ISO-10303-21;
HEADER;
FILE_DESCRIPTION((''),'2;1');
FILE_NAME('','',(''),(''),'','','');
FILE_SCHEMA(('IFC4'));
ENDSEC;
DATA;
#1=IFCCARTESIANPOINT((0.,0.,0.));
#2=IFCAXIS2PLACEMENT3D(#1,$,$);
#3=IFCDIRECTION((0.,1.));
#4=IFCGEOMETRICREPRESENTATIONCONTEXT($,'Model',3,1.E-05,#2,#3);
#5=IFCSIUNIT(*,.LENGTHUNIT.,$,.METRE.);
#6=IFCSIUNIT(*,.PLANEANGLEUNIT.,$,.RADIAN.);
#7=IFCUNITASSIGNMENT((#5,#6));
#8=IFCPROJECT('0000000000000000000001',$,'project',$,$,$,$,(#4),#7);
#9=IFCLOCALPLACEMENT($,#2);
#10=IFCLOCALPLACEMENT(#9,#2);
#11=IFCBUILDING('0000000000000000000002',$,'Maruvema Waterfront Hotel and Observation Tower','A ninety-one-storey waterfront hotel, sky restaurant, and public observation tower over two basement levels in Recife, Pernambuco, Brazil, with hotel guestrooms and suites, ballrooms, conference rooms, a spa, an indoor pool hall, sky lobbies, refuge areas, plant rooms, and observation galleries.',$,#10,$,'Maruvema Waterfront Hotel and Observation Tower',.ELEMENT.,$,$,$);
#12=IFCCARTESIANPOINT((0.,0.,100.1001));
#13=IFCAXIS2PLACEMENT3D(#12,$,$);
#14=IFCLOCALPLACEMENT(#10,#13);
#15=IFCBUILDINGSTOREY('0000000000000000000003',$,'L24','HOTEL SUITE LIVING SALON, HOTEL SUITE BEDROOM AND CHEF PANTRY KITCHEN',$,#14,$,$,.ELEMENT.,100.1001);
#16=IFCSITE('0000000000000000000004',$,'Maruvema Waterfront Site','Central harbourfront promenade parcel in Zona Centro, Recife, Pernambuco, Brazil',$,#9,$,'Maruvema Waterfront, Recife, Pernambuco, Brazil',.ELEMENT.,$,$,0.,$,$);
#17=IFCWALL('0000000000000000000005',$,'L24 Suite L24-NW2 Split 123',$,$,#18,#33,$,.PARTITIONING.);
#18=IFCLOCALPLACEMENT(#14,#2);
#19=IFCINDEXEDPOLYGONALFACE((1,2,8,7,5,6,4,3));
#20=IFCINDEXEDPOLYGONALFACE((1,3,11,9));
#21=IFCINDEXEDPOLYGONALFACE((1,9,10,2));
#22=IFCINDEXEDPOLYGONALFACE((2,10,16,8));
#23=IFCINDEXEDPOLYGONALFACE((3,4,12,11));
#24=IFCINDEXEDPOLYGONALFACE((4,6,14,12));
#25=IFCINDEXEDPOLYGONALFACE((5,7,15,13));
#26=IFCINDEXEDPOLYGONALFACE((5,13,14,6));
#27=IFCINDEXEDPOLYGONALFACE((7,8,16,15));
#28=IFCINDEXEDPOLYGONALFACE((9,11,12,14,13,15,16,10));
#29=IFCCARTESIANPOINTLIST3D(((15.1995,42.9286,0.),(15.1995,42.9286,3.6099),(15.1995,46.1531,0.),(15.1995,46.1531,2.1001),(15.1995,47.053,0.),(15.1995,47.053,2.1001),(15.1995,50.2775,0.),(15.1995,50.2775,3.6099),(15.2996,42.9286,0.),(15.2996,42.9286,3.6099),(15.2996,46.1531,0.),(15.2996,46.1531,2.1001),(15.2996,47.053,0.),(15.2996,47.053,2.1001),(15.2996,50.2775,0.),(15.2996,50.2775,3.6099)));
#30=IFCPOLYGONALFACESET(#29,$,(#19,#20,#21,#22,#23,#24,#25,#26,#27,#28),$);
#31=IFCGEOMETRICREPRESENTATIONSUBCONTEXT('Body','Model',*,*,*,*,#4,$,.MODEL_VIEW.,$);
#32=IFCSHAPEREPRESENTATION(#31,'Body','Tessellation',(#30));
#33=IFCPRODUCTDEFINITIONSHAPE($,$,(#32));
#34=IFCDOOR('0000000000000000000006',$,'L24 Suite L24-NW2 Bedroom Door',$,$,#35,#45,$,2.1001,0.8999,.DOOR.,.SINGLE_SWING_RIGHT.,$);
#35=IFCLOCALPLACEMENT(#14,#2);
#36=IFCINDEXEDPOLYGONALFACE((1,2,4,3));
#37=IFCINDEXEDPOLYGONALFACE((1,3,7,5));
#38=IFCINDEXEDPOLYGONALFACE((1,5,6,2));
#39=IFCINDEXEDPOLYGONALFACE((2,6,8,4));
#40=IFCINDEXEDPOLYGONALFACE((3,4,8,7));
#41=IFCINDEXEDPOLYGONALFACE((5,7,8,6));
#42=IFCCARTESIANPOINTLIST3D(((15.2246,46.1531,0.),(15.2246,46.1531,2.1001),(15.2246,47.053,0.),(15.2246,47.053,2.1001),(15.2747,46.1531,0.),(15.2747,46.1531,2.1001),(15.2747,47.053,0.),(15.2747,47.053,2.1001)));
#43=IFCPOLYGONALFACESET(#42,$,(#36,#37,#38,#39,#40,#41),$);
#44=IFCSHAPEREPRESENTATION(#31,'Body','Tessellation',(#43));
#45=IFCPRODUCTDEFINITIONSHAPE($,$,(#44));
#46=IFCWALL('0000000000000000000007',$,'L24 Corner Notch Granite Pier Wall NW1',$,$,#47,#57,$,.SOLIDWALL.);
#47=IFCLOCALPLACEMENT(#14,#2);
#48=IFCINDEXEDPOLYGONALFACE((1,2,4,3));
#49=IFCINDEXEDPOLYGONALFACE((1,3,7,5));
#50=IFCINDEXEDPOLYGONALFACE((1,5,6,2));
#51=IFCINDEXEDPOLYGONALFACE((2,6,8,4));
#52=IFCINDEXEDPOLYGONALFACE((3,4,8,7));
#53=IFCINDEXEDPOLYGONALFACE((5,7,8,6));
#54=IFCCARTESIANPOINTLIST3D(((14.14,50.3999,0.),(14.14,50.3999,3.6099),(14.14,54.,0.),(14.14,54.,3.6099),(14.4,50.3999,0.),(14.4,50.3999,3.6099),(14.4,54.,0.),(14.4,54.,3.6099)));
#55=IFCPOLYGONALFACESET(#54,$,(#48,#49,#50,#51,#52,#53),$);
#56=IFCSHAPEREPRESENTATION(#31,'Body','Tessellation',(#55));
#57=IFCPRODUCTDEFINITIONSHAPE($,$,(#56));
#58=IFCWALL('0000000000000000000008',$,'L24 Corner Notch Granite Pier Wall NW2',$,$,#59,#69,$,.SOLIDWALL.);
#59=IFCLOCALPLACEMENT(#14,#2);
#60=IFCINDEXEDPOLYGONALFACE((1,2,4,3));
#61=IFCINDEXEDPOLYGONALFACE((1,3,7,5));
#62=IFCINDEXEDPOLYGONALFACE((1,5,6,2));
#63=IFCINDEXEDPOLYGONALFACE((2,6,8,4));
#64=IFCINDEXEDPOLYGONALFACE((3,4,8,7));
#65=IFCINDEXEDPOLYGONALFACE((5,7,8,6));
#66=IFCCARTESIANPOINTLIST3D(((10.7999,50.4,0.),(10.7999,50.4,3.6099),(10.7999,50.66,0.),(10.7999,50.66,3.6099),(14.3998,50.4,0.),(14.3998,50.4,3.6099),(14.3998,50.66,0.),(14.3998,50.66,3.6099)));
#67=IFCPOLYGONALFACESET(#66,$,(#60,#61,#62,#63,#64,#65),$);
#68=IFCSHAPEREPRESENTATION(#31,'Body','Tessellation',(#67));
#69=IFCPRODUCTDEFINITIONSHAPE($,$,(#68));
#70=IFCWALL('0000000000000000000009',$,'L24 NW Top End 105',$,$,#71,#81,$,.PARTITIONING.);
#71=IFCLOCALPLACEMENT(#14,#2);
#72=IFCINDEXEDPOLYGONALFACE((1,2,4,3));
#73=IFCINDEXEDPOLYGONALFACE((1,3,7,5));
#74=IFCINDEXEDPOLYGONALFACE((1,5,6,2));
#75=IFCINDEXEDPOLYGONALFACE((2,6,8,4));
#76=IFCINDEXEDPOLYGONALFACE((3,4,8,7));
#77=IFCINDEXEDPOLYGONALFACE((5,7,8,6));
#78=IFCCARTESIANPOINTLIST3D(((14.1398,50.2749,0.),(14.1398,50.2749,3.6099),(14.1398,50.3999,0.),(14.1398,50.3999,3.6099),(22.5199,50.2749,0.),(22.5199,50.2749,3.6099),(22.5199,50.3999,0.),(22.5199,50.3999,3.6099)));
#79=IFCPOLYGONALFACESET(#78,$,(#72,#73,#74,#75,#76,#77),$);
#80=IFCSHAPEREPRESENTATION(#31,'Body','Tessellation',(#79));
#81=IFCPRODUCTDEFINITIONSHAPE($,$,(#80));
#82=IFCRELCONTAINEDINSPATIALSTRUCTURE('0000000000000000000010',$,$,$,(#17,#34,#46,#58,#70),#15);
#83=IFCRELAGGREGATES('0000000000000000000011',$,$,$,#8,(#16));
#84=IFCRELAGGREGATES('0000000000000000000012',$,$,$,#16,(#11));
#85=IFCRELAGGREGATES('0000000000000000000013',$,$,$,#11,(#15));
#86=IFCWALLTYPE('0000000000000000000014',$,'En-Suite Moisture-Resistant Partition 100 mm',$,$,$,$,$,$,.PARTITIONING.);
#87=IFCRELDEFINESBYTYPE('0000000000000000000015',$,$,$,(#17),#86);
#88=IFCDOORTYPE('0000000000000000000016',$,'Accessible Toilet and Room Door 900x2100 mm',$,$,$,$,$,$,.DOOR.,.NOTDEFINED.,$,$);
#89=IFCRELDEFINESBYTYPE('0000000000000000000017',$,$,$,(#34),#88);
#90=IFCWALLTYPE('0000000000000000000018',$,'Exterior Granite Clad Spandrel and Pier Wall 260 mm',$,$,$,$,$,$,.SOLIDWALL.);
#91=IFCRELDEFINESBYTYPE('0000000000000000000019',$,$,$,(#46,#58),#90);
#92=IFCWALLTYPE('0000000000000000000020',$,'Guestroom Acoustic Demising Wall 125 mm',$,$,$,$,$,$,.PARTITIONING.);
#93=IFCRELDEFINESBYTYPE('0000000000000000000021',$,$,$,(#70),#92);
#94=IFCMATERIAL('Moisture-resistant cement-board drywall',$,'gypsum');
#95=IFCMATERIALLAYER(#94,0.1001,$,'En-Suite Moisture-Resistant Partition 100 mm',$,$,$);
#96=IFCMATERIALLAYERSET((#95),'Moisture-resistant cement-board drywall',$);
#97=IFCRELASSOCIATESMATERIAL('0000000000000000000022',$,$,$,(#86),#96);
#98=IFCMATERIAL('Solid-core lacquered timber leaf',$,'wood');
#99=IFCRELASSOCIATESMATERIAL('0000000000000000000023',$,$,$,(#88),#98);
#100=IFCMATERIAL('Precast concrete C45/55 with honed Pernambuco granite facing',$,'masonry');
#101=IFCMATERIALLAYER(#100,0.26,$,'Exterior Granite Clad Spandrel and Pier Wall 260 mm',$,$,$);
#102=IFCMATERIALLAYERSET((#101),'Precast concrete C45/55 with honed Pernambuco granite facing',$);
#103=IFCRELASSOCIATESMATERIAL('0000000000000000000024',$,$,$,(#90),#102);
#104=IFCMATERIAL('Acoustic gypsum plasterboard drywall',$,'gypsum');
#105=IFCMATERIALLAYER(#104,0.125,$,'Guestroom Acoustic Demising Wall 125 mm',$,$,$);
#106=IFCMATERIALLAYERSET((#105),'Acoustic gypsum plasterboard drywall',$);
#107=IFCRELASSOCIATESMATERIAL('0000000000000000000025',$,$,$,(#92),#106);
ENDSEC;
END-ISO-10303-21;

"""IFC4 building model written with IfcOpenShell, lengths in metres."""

from ifc_helpers import new_model, si_unit, direction, frame, frame_2d, origin, place, context, subcontext, project, spatial, rectangle, extrude, material, layer, layer_set, type_object, element, fill, save


model = new_model("IFC4")

# Units and contexts
model_context = context("Model", 3, precision=1e-05, world=origin(), true_north=direction((0.0, 1.0)))
body_context = subcontext(model_context, "Body", "Model", "MODEL_VIEW")
ifc_project = project(units=[si_unit("LENGTHUNIT", "METRE"), si_unit("PLANEANGLEUNIT", "RADIAN")], contexts=[model_context])

# Site, building, storey
site_placement = place(None, origin())
site = spatial("IfcSite", under=ifc_project, at=site_placement, Name="Maruvema Waterfront Site", Description="Central harbourfront promenade parcel in Zona Centro, Recife, Pernambuco, Brazil", LongName="Maruvema Waterfront, Recife, Pernambuco, Brazil", CompositionType="ELEMENT", RefElevation=0.0)
building_placement = place(site_placement, origin())
building = spatial("IfcBuilding", under=site, at=building_placement, Name="Maruvema Waterfront Hotel and Observation Tower", Description="A ninety-one-storey waterfront hotel, sky restaurant, and public observation tower over two basement levels in Recife, Pernambuco, Brazil, with hotel guestrooms and suites, ballrooms, conference rooms, a spa, an indoor pool hall, sky lobbies, refuge areas, plant rooms, and observation galleries.", LongName="Maruvema Waterfront Hotel and Observation Tower", CompositionType="ELEMENT")
storey_placement = place(building_placement, frame((0.0, 0.0, 100.1001)))
storey = spatial("IfcBuildingStorey", under=building, at=storey_placement, Name="L24", Description="HOTEL SUITE LIVING SALON, HOTEL SUITE BEDROOM AND CHEF PANTRY KITCHEN", CompositionType="ELEMENT", Elevation=100.1001)

# Shared definitions
ifc_material_1 = material(Name="Moisture-resistant cement-board drywall", Category="gypsum")
ifc_layer_1 = layer(ifc_material_1, 0.1001, Name="En-Suite Moisture-Resistant Partition 100 mm")
ifc_layer_set_1 = layer_set([ifc_layer_1], Name="Moisture-resistant cement-board drywall")
wall_type_1 = type_object("IfcWallType", Name="En-Suite Moisture-Resistant Partition 100 mm", PredefinedType="PARTITIONING", material=ifc_layer_set_1)

# Wall, opening, door
wall_1_placement = place(storey_placement, frame((15.2495, 42.9287, 0.0), z_axis=(0.0, 0.0, 1.0), x_axis=(0.0, 1.0, 0.0)))
wall_1 = element("IfcWall", 1, at=wall_1_placement, inside=storey, type_object=wall_type_1, Name="L24 Suite L24-NW2 Split 123", PredefinedType="PARTITIONING", context=body_context, shape_type="SweptSolid", body=[
    extrude(rectangle(XDim=7.3489, YDim=0.1001, at=frame_2d((3.6743, 0.0))), origin(), (0.0, 0.0, 1.0), 3.6099),
])
opening_1_placement = place(wall_1_placement, frame((3.2244, 0.0, 0.0)))
opening_1 = element("IfcOpeningElement", 2, at=opening_1_placement, cuts=wall_1, PredefinedType="OPENING", context=body_context, shape_type="SweptSolid", body=[
    extrude(rectangle(XDim=0.8999, YDim=2.1001, at=frame_2d((0.45, 1.05))), frame((0.0, 0.0601, 0.0), z_axis=(0.0, -1.0, 0.0), x_axis=(1.0, 0.0, 0.0)), (0.0, 0.0, 1.0), 0.1201),
])
ifc_material_2 = material(Name="Solid-core lacquered timber leaf", Category="wood")
door_type_1 = type_object("IfcDoorType", Name="Accessible Toilet and Room Door 900x2100 mm", OperationType="NOTDEFINED", PredefinedType="DOOR", material=ifc_material_2)
door_1_placement = place(opening_1_placement, origin())
door_1 = element("IfcDoor", 3, at=door_1_placement, inside=storey, type_object=door_type_1, Name="L24 Suite L24-NW2 Bedroom Door", OperationType="SINGLE_SWING_RIGHT", OverallHeight=2.1001, OverallWidth=0.8999, PredefinedType="DOOR", context=body_context, shape_type="SweptSolid", body=[
    extrude(rectangle(XDim=0.8999, YDim=2.1001, at=frame_2d((0.45, 1.05))), frame((0.0, 0.0249, 0.0), z_axis=(0.0, -1.0, 0.0), x_axis=(1.0, 0.0, 0.0)), (0.0, 0.0, 1.0), 0.05),
])
fill(opening_1, door_1)

# Walls
ifc_material_3 = material(Name="Precast concrete C45/55 with honed Pernambuco granite facing", Category="masonry")
ifc_layer_2 = layer(ifc_material_3, 0.26, Name="Exterior Granite Clad Spandrel and Pier Wall 260 mm")
ifc_layer_set_2 = layer_set([ifc_layer_2], Name="Precast concrete C45/55 with honed Pernambuco granite facing")
wall_type_2 = type_object("IfcWallType", Name="Exterior Granite Clad Spandrel and Pier Wall 260 mm", PredefinedType="SOLIDWALL", material=ifc_layer_set_2)
wall_2_placement = place(storey_placement, frame((14.27, 50.3999, 0.0), z_axis=(0.0, 0.0, 1.0), x_axis=(0.0, 1.0, 0.0)))
element("IfcWall", 4, at=wall_2_placement, inside=storey, type_object=wall_type_2, Name="L24 Corner Notch Granite Pier Wall NW1", PredefinedType="SOLIDWALL", context=body_context, shape_type="SweptSolid", body=[
    extrude(rectangle(XDim=3.6001, YDim=0.26, at=frame_2d((1.8, 0.0))), origin(), (0.0, 0.0, 1.0), 3.6099),
])
wall_3_placement = place(storey_placement, frame((10.8, 50.53, 0.0), z_axis=(0.0, 0.0, 1.0), x_axis=(1.0, 0.0, 0.0)))
element("IfcWall", 5, at=wall_3_placement, inside=storey, type_object=wall_type_2, Name="L24 Corner Notch Granite Pier Wall NW2", PredefinedType="SOLIDWALL", context=body_context, shape_type="SweptSolid", body=[
    extrude(rectangle(XDim=3.5999, YDim=0.26, at=frame_2d((1.7998, 0.0))), origin(), (0.0, 0.0, 1.0), 3.6099),
])
ifc_material_4 = material(Name="Acoustic gypsum plasterboard drywall", Category="gypsum")
ifc_layer_3 = layer(ifc_material_4, 0.125, Name="Guestroom Acoustic Demising Wall 125 mm")
ifc_layer_set_3 = layer_set([ifc_layer_3], Name="Acoustic gypsum plasterboard drywall")
wall_type_3 = type_object("IfcWallType", Name="Guestroom Acoustic Demising Wall 125 mm", PredefinedType="PARTITIONING", material=ifc_layer_set_3)
wall_4_placement = place(storey_placement, frame((14.1399, 50.3374, 0.0), z_axis=(0.0, 0.0, 1.0), x_axis=(1.0, 0.0, 0.0)))
element("IfcWall", 6, at=wall_4_placement, inside=storey, type_object=wall_type_3, Name="L24 NW Top End 105", PredefinedType="PARTITIONING", context=body_context, shape_type="SweptSolid", body=[
    extrude(rectangle(XDim=8.3801, YDim=0.125, at=frame_2d((4.1899, 0.0))), origin(), (0.0, 0.0, 1.0), 3.6099),
])

save(model, "model.ifc")
